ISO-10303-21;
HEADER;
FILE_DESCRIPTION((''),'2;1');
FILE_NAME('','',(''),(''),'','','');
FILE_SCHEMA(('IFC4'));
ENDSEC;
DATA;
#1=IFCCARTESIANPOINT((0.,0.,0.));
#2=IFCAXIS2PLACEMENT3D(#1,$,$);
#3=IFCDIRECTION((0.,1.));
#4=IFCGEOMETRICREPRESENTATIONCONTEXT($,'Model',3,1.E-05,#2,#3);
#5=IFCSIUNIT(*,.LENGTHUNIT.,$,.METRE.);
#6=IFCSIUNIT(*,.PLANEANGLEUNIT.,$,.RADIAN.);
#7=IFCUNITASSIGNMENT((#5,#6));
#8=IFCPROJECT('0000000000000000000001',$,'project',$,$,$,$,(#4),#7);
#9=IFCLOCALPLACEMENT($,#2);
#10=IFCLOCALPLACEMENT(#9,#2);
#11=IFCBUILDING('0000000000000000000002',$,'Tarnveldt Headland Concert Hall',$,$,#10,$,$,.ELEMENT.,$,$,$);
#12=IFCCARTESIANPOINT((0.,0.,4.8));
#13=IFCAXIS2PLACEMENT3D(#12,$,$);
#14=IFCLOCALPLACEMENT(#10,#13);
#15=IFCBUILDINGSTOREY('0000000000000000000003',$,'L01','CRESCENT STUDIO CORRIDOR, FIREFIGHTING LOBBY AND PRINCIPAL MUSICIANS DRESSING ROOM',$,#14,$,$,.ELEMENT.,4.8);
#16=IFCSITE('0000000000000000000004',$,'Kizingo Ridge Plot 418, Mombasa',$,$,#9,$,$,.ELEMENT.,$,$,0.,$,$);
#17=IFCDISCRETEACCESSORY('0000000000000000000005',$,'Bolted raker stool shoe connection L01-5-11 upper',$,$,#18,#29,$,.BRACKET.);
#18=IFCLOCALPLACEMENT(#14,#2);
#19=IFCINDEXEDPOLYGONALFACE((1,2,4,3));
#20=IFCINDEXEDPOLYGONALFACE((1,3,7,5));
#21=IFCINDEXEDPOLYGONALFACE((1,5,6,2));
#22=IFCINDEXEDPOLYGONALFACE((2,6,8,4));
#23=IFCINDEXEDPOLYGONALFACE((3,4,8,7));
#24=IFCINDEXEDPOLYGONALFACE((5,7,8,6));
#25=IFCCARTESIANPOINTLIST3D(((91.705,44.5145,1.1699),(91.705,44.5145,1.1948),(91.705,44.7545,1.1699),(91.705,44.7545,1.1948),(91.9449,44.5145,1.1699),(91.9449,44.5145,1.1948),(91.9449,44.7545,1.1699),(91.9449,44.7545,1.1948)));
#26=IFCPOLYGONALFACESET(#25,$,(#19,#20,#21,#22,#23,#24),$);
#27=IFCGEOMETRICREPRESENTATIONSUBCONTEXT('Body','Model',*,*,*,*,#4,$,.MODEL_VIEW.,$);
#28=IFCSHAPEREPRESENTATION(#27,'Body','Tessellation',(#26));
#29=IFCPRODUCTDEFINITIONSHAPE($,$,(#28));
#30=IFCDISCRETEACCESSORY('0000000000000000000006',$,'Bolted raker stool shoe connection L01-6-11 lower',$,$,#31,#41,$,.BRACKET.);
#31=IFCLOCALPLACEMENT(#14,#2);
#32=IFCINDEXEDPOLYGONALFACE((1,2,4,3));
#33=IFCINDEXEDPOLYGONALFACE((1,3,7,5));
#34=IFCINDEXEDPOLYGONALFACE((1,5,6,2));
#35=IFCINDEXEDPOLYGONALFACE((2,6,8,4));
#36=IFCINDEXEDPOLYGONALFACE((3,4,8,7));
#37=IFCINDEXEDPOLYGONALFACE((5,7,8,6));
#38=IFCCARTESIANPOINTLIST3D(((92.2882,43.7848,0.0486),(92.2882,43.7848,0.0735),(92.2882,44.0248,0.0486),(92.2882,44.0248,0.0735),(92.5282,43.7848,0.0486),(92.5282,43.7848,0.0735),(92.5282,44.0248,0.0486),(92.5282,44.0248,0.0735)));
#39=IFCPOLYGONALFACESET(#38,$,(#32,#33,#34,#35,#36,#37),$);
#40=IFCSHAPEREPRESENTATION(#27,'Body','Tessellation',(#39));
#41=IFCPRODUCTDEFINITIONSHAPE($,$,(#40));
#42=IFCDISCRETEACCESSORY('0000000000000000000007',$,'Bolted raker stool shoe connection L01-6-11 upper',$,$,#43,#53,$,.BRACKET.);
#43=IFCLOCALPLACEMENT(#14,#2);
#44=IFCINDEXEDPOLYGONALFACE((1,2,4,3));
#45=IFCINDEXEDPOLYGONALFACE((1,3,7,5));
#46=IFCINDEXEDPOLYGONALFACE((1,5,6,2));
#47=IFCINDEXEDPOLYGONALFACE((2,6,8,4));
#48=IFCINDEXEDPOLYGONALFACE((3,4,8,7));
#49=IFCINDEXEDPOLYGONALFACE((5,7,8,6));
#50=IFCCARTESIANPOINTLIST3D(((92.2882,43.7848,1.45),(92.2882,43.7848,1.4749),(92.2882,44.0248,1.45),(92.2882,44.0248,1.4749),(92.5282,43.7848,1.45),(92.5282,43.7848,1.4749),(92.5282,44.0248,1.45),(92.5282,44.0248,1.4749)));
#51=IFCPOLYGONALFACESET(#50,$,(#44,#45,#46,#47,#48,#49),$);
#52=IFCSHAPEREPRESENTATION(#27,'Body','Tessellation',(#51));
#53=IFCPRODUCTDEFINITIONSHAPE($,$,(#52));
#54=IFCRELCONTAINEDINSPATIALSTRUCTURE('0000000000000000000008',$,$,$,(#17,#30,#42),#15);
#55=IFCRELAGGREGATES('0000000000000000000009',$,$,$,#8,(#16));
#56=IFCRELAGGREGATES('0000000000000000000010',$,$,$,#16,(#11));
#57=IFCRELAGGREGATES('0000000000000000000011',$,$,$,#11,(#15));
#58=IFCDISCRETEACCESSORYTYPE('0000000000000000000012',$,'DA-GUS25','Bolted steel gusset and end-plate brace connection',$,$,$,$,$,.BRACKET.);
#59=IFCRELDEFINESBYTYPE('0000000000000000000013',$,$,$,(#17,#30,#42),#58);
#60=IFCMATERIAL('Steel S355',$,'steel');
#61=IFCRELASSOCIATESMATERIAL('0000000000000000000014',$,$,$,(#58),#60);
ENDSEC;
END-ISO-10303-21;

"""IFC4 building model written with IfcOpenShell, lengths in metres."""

from ifc_helpers import new_model, si_unit, direction, frame, origin, origin_2d, place, context, subcontext, project, spatial, rectangle, extrude, material, type_object, element, save


model = new_model("IFC4")

# Units and contexts
model_context = context("Model", 3, precision=1e-05, world=origin(), true_north=direction((0.0, 1.0)))
body_context = subcontext(model_context, "Body", "Model", "MODEL_VIEW")
ifc_project = project(units=[si_unit("LENGTHUNIT", "METRE"), si_unit("PLANEANGLEUNIT", "RADIAN")], contexts=[model_context])

# Site, building, storey
site_placement = place(None, origin())
site = spatial("IfcSite", under=ifc_project, at=site_placement, Name="Kizingo Ridge Plot 418, Mombasa", CompositionType="ELEMENT", RefElevation=0.0)
building_placement = place(site_placement, origin())
building = spatial("IfcBuilding", under=site, at=building_placement, Name="Tarnveldt Headland Concert Hall", CompositionType="ELEMENT")
storey_placement = place(building_placement, frame((0.0, 0.0, 4.8)))
storey = spatial("IfcBuildingStorey", under=building, at=storey_placement, Name="L01", Description="CRESCENT STUDIO CORRIDOR, FIREFIGHTING LOBBY AND PRINCIPAL MUSICIANS DRESSING ROOM", CompositionType="ELEMENT", Elevation=4.8)

# Shared definitions
ifc_material_1 = material(Name="Steel S355", Category="steel")

# Discrete accessories
discrete_accessory_type = type_object("IfcDiscreteAccessoryType", Name="DA-GUS25", Description="Bolted steel gusset and end-plate brace connection", PredefinedType="BRACKET", material=ifc_material_1)
for number, where, z_axis, x_axis, name in (
    (1, (91.825, 44.6345, 1.1699), (0.0, 0.0, 1.0), (1.0, 0.0, 0.0), "Bolted raker stool shoe connection L01-5-11 upper"),
    (2, (92.4082, 43.9048, 0.0486), (0.0, 0.0, 1.0), (1.0, 0.0, 0.0), "Bolted raker stool shoe connection L01-6-11 lower"),
    (3, (92.4082, 43.9048, 1.45), (0.0, 0.0, 1.0), (1.0, 0.0, 0.0), "Bolted raker stool shoe connection L01-6-11 upper"),
):
    element("IfcDiscreteAccessory", number, at=place(storey_placement, frame(where, z_axis=z_axis, x_axis=x_axis)), inside=storey, type_object=discrete_accessory_type, Name=name, PredefinedType="BRACKET", context=body_context, shape_type="SweptSolid", body=[
        extrude(rectangle(XDim=0.24, YDim=0.24, at=origin_2d()), origin(), (0.0, 0.0, 1.0), 0.0249),
    ])

save(model, "model.ifc")
